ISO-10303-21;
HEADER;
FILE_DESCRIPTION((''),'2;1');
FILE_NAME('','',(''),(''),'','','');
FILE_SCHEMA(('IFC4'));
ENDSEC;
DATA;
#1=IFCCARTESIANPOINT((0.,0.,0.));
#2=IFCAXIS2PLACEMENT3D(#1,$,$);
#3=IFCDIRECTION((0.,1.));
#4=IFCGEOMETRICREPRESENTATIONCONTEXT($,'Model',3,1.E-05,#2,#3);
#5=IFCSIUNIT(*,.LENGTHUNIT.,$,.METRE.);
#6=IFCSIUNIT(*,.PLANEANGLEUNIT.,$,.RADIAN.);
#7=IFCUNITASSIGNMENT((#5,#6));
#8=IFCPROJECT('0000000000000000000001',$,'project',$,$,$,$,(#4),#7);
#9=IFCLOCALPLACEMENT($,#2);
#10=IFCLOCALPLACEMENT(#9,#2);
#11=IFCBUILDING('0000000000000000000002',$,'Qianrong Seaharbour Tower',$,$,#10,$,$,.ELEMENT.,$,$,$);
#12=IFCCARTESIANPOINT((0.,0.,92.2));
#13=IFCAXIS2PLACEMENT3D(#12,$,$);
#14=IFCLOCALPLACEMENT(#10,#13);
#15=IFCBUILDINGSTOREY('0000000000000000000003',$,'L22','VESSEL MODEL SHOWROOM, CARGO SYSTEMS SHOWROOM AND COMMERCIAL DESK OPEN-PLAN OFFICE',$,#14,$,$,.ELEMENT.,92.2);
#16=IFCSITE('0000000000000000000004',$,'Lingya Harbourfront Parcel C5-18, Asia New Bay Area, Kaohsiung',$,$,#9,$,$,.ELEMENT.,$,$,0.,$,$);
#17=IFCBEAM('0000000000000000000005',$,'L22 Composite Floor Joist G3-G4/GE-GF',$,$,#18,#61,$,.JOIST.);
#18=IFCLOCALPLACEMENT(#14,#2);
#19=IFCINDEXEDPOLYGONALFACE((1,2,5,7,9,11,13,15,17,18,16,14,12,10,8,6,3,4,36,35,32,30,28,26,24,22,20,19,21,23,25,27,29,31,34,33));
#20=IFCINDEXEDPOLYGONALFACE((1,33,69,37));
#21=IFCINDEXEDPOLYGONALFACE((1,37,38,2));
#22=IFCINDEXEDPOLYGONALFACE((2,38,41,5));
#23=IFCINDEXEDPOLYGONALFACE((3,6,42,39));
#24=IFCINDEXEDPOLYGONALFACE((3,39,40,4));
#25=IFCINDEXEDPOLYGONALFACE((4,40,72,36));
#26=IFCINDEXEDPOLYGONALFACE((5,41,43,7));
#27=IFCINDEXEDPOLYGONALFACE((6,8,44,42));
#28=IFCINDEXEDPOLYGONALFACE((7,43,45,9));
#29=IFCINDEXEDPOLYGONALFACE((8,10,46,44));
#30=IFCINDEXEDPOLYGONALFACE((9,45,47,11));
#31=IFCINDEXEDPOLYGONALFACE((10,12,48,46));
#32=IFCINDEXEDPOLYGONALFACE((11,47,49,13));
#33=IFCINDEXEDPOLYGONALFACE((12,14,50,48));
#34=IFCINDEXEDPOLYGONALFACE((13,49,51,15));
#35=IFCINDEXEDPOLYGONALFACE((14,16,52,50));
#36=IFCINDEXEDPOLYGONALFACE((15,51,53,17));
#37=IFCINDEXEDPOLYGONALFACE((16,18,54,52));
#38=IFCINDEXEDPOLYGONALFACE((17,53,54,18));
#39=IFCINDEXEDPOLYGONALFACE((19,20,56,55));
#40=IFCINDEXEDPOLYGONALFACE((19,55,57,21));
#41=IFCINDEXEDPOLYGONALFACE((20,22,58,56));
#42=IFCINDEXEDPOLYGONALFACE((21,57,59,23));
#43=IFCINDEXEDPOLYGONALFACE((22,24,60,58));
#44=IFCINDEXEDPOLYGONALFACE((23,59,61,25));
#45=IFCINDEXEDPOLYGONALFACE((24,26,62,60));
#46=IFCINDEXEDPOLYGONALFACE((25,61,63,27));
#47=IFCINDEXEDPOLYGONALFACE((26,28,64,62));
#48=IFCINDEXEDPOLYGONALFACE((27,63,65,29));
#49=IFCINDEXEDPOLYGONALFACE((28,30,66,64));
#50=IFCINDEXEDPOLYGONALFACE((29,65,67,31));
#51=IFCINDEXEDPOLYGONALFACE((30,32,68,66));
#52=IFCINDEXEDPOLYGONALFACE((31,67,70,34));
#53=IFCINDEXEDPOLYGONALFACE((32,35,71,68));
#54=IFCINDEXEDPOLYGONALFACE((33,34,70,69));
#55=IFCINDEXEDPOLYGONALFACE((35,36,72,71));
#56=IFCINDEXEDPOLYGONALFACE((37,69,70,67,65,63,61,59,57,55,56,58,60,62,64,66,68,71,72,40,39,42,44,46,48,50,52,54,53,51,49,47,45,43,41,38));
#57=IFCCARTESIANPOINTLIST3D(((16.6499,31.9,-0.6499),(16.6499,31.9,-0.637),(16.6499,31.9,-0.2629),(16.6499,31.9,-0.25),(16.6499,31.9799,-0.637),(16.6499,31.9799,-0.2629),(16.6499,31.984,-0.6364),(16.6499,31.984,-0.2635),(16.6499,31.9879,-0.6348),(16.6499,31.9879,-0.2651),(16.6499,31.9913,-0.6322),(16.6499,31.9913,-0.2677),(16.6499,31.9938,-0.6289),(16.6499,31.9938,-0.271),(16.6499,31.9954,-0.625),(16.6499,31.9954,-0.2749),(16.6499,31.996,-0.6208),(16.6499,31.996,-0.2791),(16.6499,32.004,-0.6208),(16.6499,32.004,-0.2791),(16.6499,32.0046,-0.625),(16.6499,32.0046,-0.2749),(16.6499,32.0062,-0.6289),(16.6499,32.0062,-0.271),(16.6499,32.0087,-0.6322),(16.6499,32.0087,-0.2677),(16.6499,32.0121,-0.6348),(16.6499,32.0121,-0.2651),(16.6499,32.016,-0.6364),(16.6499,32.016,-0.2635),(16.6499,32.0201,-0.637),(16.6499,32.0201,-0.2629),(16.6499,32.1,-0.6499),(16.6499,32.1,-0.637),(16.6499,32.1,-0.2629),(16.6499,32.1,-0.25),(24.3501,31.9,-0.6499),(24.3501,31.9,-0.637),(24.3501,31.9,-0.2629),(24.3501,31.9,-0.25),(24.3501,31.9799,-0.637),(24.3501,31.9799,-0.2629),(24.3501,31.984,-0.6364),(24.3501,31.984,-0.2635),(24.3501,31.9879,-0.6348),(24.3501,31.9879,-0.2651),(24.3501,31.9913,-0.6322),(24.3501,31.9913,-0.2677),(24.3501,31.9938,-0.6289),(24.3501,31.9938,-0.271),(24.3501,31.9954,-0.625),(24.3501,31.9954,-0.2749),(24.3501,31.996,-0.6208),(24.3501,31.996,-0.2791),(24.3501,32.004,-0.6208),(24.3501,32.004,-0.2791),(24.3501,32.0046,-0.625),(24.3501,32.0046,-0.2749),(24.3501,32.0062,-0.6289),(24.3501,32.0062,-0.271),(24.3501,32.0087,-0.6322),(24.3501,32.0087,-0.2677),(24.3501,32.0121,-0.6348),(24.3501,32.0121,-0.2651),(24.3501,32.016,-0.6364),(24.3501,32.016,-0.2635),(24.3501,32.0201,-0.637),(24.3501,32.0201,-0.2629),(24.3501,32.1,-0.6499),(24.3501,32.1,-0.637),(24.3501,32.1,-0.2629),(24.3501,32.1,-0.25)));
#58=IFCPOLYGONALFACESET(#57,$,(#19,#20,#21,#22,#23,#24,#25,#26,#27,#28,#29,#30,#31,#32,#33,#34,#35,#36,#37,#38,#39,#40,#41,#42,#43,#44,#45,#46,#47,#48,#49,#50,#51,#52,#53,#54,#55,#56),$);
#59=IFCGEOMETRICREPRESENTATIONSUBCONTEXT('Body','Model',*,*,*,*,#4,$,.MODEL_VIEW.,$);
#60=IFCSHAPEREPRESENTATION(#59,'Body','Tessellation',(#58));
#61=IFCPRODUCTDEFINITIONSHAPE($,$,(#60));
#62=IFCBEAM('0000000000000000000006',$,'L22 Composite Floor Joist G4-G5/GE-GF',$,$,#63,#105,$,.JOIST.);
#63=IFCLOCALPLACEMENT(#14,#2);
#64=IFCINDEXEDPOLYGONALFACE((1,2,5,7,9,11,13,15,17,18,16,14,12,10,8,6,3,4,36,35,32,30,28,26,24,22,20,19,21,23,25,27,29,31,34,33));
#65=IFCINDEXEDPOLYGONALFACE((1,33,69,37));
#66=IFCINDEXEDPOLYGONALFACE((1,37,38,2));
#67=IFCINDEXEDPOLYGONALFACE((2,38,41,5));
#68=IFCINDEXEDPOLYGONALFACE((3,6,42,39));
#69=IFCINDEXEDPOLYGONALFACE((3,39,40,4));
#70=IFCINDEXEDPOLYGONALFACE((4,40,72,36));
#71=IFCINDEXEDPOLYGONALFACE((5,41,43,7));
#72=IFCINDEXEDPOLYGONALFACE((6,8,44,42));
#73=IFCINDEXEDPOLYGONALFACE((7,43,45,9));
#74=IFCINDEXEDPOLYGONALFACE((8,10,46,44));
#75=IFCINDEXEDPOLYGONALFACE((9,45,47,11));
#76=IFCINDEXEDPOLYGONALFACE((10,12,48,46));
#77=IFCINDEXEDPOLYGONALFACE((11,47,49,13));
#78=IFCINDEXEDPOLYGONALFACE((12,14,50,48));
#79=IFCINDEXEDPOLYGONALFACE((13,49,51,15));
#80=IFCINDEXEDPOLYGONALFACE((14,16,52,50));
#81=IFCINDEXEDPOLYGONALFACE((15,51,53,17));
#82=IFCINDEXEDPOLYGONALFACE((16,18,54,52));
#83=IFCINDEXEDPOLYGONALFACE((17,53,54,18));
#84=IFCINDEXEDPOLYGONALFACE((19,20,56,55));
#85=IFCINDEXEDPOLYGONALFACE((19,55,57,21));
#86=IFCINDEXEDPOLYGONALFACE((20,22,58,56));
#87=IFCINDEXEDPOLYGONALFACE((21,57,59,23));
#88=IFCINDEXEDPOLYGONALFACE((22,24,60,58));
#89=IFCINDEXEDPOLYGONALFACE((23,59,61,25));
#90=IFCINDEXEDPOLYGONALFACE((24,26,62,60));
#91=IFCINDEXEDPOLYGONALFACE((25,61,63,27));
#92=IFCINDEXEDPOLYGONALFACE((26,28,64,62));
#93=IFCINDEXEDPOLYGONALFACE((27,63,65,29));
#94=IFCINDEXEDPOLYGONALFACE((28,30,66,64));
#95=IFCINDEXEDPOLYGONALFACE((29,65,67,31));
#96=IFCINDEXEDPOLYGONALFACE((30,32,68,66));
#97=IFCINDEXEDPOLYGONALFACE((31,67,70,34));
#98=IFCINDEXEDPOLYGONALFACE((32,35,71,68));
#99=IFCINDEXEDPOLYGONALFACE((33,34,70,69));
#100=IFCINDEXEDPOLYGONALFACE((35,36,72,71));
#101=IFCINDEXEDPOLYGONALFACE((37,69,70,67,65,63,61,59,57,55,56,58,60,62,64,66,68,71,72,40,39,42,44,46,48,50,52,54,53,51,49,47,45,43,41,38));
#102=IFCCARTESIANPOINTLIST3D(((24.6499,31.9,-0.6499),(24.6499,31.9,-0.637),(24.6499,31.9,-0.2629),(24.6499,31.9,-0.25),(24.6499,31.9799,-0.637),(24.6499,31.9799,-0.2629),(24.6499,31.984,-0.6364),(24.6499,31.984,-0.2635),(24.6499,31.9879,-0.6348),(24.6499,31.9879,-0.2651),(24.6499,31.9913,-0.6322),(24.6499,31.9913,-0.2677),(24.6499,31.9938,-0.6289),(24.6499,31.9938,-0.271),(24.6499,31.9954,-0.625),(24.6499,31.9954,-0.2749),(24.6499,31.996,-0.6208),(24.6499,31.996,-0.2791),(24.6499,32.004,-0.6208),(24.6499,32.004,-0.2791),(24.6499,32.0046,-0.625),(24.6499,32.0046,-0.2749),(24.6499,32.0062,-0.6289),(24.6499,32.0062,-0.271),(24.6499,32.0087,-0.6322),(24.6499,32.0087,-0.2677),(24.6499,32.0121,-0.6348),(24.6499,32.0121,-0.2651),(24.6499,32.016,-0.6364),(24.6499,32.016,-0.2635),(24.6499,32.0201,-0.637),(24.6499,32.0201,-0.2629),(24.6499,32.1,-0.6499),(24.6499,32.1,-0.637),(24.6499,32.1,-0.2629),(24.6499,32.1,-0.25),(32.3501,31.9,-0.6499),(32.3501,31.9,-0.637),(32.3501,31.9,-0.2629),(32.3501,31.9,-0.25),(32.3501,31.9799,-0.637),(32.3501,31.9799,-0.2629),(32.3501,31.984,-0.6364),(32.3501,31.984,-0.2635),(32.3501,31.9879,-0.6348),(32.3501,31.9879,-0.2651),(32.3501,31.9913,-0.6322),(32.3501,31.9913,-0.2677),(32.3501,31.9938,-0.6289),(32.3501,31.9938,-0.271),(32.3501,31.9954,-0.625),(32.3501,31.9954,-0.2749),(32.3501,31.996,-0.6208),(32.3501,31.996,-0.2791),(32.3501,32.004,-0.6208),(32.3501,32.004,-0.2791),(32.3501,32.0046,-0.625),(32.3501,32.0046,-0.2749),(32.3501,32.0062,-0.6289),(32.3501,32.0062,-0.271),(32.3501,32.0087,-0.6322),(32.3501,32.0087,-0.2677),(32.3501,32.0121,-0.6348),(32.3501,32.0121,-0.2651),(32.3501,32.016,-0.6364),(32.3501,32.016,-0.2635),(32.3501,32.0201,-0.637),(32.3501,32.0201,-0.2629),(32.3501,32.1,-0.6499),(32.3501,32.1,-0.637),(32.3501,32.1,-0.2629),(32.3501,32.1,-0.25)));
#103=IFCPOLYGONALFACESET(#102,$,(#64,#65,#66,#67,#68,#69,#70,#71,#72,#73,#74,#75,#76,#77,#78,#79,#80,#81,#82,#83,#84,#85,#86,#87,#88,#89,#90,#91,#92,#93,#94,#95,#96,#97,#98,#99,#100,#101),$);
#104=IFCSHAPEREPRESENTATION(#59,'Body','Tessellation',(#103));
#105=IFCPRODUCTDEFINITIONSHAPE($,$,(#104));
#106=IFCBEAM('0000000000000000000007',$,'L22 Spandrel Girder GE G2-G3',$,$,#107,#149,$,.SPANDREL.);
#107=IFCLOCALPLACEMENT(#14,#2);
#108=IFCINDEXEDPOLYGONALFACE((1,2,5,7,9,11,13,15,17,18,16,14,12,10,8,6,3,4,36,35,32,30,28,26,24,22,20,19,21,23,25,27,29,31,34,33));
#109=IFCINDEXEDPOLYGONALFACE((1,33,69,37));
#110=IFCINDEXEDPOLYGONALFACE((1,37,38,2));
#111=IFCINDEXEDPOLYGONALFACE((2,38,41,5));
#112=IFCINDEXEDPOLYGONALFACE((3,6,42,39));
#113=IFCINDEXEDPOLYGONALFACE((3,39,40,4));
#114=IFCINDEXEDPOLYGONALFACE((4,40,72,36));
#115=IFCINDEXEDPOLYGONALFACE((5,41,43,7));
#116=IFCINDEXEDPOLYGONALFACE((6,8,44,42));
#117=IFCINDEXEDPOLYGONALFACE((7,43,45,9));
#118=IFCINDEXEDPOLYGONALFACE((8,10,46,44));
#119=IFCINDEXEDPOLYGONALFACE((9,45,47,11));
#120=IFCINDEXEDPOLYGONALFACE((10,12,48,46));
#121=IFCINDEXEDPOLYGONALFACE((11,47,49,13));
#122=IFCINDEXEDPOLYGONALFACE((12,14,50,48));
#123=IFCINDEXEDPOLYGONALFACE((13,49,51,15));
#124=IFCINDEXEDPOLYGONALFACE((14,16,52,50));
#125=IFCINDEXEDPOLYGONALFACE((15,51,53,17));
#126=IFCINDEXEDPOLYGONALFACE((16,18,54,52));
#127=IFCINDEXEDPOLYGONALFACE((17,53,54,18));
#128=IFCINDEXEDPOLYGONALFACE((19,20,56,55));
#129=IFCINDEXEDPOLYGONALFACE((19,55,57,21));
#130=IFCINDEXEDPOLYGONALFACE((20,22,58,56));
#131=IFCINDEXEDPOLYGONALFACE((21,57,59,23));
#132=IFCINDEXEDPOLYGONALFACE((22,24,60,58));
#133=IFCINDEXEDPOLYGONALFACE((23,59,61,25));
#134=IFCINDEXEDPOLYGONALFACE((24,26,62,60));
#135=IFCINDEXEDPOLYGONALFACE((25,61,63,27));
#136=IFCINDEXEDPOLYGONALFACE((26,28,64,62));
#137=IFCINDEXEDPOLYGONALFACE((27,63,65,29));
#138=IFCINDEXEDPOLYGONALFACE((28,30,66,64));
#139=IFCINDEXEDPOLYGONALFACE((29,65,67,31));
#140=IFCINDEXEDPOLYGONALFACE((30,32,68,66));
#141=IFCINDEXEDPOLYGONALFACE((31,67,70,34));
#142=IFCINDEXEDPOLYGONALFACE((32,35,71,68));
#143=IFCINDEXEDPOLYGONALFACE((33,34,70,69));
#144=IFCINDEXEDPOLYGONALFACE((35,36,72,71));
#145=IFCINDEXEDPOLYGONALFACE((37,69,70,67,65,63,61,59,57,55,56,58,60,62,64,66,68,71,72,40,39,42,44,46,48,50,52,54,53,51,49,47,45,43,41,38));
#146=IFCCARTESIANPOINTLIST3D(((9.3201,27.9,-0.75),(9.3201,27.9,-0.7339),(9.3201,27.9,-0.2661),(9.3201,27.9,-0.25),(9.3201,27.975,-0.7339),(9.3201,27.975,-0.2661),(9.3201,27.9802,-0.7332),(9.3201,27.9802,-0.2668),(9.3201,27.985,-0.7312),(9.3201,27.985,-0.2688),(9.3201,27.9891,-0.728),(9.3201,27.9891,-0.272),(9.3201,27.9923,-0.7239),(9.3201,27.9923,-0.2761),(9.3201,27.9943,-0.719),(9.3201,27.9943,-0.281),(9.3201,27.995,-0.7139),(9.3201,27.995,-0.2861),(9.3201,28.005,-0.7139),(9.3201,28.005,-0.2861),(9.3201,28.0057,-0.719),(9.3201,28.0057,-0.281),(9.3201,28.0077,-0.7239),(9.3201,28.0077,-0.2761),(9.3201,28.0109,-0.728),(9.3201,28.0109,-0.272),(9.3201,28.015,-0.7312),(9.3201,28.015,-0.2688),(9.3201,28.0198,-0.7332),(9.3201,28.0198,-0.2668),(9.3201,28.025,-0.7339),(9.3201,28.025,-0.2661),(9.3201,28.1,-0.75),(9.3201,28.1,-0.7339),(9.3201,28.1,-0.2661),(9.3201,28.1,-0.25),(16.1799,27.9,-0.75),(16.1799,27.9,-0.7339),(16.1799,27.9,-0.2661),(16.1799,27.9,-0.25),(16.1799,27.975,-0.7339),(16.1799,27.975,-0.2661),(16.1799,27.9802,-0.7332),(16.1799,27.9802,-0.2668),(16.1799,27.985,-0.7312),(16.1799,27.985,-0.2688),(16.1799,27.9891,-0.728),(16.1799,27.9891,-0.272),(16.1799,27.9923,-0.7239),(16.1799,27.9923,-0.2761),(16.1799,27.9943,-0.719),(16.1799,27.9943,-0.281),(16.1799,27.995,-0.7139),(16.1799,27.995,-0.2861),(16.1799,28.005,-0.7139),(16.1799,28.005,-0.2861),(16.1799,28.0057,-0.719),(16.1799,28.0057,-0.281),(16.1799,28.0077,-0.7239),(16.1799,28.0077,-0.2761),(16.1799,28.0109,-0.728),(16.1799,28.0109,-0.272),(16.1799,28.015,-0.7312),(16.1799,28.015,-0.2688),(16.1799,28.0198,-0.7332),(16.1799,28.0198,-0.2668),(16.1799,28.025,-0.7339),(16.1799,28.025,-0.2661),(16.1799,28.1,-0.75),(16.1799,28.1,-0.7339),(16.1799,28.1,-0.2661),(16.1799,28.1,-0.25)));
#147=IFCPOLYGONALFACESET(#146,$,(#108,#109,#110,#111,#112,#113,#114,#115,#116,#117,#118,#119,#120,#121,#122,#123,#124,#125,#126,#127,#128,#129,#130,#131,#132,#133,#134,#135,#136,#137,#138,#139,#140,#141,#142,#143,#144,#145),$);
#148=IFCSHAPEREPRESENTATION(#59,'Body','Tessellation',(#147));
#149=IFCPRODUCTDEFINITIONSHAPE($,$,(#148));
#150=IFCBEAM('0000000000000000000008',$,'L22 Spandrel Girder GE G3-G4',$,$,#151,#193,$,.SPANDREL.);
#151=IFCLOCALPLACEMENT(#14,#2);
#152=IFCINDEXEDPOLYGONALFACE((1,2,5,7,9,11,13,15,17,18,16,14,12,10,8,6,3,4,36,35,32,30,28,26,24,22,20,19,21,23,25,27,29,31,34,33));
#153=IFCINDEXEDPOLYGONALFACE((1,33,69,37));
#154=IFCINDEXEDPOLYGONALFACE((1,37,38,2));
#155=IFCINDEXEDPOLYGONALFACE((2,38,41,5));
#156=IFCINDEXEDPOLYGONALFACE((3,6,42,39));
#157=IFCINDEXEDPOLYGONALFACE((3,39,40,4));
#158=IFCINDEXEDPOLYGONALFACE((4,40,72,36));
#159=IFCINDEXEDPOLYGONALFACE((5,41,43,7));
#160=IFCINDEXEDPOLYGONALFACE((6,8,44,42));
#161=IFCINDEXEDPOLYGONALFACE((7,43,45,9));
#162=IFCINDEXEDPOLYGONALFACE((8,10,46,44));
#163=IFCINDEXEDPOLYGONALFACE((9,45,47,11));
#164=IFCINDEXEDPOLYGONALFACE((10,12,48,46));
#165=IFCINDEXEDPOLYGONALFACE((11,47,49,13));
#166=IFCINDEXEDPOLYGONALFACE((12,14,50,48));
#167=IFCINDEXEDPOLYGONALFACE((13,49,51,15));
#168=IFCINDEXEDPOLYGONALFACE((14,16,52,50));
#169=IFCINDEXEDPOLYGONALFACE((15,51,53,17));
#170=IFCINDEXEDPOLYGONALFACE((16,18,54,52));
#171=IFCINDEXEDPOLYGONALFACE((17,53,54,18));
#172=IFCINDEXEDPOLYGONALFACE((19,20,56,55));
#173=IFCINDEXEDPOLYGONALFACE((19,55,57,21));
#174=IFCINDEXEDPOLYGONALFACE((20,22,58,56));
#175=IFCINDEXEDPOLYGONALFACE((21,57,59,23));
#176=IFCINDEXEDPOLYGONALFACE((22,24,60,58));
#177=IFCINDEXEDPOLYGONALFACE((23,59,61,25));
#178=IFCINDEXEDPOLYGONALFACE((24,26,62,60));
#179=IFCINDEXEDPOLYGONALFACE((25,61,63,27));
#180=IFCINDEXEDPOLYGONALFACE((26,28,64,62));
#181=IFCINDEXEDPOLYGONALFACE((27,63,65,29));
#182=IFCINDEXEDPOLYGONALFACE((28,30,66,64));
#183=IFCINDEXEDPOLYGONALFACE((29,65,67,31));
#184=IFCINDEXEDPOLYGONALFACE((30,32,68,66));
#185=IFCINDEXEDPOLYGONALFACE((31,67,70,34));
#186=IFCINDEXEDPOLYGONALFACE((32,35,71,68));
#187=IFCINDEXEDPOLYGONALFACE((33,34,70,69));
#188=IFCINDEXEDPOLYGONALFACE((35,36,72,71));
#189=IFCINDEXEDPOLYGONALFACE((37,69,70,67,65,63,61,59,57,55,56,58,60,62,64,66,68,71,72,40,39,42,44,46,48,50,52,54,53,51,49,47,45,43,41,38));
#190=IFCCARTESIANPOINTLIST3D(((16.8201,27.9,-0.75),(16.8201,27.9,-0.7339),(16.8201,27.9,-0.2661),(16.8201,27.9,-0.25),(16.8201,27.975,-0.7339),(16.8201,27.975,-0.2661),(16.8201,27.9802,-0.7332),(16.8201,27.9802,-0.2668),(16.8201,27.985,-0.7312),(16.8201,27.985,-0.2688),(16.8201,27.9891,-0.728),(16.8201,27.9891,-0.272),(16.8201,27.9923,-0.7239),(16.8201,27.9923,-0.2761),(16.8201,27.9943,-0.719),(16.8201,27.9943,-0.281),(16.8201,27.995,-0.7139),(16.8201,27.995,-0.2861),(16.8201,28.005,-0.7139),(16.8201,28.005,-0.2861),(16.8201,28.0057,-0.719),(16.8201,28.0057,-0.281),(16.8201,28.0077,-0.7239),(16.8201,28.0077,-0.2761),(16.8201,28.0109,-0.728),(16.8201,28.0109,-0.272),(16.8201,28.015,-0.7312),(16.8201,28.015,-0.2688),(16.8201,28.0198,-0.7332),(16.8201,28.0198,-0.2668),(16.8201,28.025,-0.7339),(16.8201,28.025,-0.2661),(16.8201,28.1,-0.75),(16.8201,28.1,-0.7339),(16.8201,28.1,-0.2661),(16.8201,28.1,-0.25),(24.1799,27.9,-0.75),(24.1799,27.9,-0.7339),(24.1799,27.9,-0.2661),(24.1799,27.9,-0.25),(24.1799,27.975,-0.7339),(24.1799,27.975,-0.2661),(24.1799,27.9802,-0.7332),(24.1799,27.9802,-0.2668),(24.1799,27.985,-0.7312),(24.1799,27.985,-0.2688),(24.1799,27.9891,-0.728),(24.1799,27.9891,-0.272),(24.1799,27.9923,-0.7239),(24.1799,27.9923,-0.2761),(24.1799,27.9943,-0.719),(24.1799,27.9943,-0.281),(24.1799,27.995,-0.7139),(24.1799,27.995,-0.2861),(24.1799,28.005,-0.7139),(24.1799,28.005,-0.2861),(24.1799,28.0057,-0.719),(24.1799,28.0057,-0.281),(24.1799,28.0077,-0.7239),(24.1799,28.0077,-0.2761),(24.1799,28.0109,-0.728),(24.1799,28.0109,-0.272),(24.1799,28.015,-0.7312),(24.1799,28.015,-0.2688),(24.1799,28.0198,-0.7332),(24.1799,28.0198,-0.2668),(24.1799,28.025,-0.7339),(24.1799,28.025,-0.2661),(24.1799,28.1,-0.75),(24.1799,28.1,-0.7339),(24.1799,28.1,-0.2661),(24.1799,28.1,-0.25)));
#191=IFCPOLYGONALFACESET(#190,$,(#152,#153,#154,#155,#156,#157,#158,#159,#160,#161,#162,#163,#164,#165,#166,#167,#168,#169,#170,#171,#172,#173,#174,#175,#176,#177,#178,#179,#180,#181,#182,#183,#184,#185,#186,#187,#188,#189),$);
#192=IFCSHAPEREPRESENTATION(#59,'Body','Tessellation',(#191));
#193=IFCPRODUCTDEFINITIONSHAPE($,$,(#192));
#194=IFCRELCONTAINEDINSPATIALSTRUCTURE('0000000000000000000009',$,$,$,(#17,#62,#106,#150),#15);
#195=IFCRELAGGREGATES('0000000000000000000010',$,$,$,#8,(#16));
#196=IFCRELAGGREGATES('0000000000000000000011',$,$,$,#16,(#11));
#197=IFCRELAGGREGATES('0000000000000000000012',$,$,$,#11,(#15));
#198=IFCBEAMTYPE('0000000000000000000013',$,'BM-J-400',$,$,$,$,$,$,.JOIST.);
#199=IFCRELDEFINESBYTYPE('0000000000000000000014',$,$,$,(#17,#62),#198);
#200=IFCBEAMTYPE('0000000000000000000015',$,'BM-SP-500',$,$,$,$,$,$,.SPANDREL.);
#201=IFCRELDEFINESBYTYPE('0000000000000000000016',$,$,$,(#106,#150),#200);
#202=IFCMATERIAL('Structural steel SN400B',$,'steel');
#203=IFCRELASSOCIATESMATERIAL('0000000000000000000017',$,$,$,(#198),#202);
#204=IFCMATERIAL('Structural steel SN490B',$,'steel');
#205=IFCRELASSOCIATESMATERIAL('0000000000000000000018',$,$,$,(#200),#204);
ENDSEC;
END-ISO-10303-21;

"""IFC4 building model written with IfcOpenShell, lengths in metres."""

from ifc_helpers import new_model, si_unit, direction, frame, origin, origin_2d, place, context, subcontext, project, spatial, i_section, extrude, material, material_profile, profile_set, type_object, element, save


model = new_model("IFC4")

# Units and contexts
model_context = context("Model", 3, precision=1e-05, world=origin(), true_north=direction((0.0, 1.0)))
body_context = subcontext(model_context, "Body", "Model", "MODEL_VIEW")
ifc_project = project(units=[si_unit("LENGTHUNIT", "METRE"), si_unit("PLANEANGLEUNIT", "RADIAN")], contexts=[model_context])

# Site, building, storey
site_placement = place(None, origin())
site = spatial("IfcSite", under=ifc_project, at=site_placement, Name="Lingya Harbourfront Parcel C5-18, Asia New Bay Area, Kaohsiung", CompositionType="ELEMENT", RefElevation=0.0)
building_placement = place(site_placement, origin())
building = spatial("IfcBuilding", under=site, at=building_placement, Name="Qianrong Seaharbour Tower", CompositionType="ELEMENT")
storey_placement = place(building_placement, frame((0.0, 0.0, 92.2)))
storey = spatial("IfcBuildingStorey", under=building, at=storey_placement, Name="L22", Description="VESSEL MODEL SHOWROOM, CARGO SYSTEMS SHOWROOM AND COMMERCIAL DESK OPEN-PLAN OFFICE", CompositionType="ELEMENT", Elevation=92.2)

# Shared definitions
ifc_material_1 = material(Name="Structural steel SN490B", Category="steel")

# Beams
ifc_material_2 = material(Name="Structural steel SN400B", Category="steel")
ifc_material_profile_1 = material_profile(ifc_material_2, i_section(OverallWidth=0.2, OverallDepth=0.3999, WebThickness=0.0081, FlangeThickness=0.0129, FilletRadius=0.0161, at=origin_2d()), Name="H400x200x8x13")
ifc_profile_set_1 = profile_set([ifc_material_profile_1], Name="Structural steel SN400B")
beam_type_1 = type_object("IfcBeamType", Name="BM-J-400", PredefinedType="JOIST", material=ifc_profile_set_1)
for number, where, z_axis, x_axis, name in (
    (1, (16.6499, 32.0, -0.45), (1.0, 0.0, 0.0), (0.0, 1.0, 0.0), "L22 Composite Floor Joist G3-G4/GE-GF"),
    (2, (24.6499, 32.0, -0.45), (1.0, 0.0, 0.0), (0.0, 1.0, 0.0), "L22 Composite Floor Joist G4-G5/GE-GF"),
):
    element("IfcBeam", number, at=place(storey_placement, frame(where, z_axis=z_axis, x_axis=x_axis)), inside=storey, type_object=beam_type_1, Name=name, PredefinedType="JOIST", context=body_context, shape_type="SweptSolid", body=[
        extrude(i_section(OverallWidth=0.2, OverallDepth=0.3999, WebThickness=0.0081, FlangeThickness=0.0129, FilletRadius=0.0161, at=origin_2d()), origin(), (0.0, 0.0, 1.0), 7.7002),
    ])
ifc_material_profile_2 = material_profile(ifc_material_1, i_section(OverallWidth=0.2, OverallDepth=0.5, WebThickness=0.01, FlangeThickness=0.0161, FilletRadius=0.02, at=origin_2d()), Name="H500x200x10x16")
ifc_profile_set_2 = profile_set([ifc_material_profile_2], Name="Structural steel SN490B")
beam_type_2 = type_object("IfcBeamType", Name="BM-SP-500", PredefinedType="SPANDREL", material=ifc_profile_set_2)
beam_1_placement = place(storey_placement, frame((9.3201, 28.0, -0.5), z_axis=(1.0, 0.0, 0.0), x_axis=(0.0, 1.0, 0.0)))
element("IfcBeam", 3, at=beam_1_placement, inside=storey, type_object=beam_type_2, Name="L22 Spandrel Girder GE G2-G3", PredefinedType="SPANDREL", context=body_context, shape_type="SweptSolid", body=[
    extrude(i_section(OverallWidth=0.2, OverallDepth=0.5, WebThickness=0.01, FlangeThickness=0.0161, FilletRadius=0.02, at=origin_2d()), origin(), (0.0, 0.0, 1.0), 6.8599),
])
for number, where, z_axis, x_axis, name in (
    (4, (16.8201, 28.0, -0.5), (1.0, 0.0, 0.0), (0.0, 1.0, 0.0), "L22 Spandrel Girder GE G3-G4"),
):
    element("IfcBeam", number, at=place(storey_placement, frame(where, z_axis=z_axis, x_axis=x_axis)), inside=storey, type_object=beam_type_2, Name=name, PredefinedType="SPANDREL", context=body_context, shape_type="SweptSolid", body=[
        extrude(i_section(OverallWidth=0.2, OverallDepth=0.5, WebThickness=0.01, FlangeThickness=0.0161, FilletRadius=0.02, at=origin_2d()), origin(), (0.0, 0.0, 1.0), 7.3599),
    ])

save(model, "model.ifc")
